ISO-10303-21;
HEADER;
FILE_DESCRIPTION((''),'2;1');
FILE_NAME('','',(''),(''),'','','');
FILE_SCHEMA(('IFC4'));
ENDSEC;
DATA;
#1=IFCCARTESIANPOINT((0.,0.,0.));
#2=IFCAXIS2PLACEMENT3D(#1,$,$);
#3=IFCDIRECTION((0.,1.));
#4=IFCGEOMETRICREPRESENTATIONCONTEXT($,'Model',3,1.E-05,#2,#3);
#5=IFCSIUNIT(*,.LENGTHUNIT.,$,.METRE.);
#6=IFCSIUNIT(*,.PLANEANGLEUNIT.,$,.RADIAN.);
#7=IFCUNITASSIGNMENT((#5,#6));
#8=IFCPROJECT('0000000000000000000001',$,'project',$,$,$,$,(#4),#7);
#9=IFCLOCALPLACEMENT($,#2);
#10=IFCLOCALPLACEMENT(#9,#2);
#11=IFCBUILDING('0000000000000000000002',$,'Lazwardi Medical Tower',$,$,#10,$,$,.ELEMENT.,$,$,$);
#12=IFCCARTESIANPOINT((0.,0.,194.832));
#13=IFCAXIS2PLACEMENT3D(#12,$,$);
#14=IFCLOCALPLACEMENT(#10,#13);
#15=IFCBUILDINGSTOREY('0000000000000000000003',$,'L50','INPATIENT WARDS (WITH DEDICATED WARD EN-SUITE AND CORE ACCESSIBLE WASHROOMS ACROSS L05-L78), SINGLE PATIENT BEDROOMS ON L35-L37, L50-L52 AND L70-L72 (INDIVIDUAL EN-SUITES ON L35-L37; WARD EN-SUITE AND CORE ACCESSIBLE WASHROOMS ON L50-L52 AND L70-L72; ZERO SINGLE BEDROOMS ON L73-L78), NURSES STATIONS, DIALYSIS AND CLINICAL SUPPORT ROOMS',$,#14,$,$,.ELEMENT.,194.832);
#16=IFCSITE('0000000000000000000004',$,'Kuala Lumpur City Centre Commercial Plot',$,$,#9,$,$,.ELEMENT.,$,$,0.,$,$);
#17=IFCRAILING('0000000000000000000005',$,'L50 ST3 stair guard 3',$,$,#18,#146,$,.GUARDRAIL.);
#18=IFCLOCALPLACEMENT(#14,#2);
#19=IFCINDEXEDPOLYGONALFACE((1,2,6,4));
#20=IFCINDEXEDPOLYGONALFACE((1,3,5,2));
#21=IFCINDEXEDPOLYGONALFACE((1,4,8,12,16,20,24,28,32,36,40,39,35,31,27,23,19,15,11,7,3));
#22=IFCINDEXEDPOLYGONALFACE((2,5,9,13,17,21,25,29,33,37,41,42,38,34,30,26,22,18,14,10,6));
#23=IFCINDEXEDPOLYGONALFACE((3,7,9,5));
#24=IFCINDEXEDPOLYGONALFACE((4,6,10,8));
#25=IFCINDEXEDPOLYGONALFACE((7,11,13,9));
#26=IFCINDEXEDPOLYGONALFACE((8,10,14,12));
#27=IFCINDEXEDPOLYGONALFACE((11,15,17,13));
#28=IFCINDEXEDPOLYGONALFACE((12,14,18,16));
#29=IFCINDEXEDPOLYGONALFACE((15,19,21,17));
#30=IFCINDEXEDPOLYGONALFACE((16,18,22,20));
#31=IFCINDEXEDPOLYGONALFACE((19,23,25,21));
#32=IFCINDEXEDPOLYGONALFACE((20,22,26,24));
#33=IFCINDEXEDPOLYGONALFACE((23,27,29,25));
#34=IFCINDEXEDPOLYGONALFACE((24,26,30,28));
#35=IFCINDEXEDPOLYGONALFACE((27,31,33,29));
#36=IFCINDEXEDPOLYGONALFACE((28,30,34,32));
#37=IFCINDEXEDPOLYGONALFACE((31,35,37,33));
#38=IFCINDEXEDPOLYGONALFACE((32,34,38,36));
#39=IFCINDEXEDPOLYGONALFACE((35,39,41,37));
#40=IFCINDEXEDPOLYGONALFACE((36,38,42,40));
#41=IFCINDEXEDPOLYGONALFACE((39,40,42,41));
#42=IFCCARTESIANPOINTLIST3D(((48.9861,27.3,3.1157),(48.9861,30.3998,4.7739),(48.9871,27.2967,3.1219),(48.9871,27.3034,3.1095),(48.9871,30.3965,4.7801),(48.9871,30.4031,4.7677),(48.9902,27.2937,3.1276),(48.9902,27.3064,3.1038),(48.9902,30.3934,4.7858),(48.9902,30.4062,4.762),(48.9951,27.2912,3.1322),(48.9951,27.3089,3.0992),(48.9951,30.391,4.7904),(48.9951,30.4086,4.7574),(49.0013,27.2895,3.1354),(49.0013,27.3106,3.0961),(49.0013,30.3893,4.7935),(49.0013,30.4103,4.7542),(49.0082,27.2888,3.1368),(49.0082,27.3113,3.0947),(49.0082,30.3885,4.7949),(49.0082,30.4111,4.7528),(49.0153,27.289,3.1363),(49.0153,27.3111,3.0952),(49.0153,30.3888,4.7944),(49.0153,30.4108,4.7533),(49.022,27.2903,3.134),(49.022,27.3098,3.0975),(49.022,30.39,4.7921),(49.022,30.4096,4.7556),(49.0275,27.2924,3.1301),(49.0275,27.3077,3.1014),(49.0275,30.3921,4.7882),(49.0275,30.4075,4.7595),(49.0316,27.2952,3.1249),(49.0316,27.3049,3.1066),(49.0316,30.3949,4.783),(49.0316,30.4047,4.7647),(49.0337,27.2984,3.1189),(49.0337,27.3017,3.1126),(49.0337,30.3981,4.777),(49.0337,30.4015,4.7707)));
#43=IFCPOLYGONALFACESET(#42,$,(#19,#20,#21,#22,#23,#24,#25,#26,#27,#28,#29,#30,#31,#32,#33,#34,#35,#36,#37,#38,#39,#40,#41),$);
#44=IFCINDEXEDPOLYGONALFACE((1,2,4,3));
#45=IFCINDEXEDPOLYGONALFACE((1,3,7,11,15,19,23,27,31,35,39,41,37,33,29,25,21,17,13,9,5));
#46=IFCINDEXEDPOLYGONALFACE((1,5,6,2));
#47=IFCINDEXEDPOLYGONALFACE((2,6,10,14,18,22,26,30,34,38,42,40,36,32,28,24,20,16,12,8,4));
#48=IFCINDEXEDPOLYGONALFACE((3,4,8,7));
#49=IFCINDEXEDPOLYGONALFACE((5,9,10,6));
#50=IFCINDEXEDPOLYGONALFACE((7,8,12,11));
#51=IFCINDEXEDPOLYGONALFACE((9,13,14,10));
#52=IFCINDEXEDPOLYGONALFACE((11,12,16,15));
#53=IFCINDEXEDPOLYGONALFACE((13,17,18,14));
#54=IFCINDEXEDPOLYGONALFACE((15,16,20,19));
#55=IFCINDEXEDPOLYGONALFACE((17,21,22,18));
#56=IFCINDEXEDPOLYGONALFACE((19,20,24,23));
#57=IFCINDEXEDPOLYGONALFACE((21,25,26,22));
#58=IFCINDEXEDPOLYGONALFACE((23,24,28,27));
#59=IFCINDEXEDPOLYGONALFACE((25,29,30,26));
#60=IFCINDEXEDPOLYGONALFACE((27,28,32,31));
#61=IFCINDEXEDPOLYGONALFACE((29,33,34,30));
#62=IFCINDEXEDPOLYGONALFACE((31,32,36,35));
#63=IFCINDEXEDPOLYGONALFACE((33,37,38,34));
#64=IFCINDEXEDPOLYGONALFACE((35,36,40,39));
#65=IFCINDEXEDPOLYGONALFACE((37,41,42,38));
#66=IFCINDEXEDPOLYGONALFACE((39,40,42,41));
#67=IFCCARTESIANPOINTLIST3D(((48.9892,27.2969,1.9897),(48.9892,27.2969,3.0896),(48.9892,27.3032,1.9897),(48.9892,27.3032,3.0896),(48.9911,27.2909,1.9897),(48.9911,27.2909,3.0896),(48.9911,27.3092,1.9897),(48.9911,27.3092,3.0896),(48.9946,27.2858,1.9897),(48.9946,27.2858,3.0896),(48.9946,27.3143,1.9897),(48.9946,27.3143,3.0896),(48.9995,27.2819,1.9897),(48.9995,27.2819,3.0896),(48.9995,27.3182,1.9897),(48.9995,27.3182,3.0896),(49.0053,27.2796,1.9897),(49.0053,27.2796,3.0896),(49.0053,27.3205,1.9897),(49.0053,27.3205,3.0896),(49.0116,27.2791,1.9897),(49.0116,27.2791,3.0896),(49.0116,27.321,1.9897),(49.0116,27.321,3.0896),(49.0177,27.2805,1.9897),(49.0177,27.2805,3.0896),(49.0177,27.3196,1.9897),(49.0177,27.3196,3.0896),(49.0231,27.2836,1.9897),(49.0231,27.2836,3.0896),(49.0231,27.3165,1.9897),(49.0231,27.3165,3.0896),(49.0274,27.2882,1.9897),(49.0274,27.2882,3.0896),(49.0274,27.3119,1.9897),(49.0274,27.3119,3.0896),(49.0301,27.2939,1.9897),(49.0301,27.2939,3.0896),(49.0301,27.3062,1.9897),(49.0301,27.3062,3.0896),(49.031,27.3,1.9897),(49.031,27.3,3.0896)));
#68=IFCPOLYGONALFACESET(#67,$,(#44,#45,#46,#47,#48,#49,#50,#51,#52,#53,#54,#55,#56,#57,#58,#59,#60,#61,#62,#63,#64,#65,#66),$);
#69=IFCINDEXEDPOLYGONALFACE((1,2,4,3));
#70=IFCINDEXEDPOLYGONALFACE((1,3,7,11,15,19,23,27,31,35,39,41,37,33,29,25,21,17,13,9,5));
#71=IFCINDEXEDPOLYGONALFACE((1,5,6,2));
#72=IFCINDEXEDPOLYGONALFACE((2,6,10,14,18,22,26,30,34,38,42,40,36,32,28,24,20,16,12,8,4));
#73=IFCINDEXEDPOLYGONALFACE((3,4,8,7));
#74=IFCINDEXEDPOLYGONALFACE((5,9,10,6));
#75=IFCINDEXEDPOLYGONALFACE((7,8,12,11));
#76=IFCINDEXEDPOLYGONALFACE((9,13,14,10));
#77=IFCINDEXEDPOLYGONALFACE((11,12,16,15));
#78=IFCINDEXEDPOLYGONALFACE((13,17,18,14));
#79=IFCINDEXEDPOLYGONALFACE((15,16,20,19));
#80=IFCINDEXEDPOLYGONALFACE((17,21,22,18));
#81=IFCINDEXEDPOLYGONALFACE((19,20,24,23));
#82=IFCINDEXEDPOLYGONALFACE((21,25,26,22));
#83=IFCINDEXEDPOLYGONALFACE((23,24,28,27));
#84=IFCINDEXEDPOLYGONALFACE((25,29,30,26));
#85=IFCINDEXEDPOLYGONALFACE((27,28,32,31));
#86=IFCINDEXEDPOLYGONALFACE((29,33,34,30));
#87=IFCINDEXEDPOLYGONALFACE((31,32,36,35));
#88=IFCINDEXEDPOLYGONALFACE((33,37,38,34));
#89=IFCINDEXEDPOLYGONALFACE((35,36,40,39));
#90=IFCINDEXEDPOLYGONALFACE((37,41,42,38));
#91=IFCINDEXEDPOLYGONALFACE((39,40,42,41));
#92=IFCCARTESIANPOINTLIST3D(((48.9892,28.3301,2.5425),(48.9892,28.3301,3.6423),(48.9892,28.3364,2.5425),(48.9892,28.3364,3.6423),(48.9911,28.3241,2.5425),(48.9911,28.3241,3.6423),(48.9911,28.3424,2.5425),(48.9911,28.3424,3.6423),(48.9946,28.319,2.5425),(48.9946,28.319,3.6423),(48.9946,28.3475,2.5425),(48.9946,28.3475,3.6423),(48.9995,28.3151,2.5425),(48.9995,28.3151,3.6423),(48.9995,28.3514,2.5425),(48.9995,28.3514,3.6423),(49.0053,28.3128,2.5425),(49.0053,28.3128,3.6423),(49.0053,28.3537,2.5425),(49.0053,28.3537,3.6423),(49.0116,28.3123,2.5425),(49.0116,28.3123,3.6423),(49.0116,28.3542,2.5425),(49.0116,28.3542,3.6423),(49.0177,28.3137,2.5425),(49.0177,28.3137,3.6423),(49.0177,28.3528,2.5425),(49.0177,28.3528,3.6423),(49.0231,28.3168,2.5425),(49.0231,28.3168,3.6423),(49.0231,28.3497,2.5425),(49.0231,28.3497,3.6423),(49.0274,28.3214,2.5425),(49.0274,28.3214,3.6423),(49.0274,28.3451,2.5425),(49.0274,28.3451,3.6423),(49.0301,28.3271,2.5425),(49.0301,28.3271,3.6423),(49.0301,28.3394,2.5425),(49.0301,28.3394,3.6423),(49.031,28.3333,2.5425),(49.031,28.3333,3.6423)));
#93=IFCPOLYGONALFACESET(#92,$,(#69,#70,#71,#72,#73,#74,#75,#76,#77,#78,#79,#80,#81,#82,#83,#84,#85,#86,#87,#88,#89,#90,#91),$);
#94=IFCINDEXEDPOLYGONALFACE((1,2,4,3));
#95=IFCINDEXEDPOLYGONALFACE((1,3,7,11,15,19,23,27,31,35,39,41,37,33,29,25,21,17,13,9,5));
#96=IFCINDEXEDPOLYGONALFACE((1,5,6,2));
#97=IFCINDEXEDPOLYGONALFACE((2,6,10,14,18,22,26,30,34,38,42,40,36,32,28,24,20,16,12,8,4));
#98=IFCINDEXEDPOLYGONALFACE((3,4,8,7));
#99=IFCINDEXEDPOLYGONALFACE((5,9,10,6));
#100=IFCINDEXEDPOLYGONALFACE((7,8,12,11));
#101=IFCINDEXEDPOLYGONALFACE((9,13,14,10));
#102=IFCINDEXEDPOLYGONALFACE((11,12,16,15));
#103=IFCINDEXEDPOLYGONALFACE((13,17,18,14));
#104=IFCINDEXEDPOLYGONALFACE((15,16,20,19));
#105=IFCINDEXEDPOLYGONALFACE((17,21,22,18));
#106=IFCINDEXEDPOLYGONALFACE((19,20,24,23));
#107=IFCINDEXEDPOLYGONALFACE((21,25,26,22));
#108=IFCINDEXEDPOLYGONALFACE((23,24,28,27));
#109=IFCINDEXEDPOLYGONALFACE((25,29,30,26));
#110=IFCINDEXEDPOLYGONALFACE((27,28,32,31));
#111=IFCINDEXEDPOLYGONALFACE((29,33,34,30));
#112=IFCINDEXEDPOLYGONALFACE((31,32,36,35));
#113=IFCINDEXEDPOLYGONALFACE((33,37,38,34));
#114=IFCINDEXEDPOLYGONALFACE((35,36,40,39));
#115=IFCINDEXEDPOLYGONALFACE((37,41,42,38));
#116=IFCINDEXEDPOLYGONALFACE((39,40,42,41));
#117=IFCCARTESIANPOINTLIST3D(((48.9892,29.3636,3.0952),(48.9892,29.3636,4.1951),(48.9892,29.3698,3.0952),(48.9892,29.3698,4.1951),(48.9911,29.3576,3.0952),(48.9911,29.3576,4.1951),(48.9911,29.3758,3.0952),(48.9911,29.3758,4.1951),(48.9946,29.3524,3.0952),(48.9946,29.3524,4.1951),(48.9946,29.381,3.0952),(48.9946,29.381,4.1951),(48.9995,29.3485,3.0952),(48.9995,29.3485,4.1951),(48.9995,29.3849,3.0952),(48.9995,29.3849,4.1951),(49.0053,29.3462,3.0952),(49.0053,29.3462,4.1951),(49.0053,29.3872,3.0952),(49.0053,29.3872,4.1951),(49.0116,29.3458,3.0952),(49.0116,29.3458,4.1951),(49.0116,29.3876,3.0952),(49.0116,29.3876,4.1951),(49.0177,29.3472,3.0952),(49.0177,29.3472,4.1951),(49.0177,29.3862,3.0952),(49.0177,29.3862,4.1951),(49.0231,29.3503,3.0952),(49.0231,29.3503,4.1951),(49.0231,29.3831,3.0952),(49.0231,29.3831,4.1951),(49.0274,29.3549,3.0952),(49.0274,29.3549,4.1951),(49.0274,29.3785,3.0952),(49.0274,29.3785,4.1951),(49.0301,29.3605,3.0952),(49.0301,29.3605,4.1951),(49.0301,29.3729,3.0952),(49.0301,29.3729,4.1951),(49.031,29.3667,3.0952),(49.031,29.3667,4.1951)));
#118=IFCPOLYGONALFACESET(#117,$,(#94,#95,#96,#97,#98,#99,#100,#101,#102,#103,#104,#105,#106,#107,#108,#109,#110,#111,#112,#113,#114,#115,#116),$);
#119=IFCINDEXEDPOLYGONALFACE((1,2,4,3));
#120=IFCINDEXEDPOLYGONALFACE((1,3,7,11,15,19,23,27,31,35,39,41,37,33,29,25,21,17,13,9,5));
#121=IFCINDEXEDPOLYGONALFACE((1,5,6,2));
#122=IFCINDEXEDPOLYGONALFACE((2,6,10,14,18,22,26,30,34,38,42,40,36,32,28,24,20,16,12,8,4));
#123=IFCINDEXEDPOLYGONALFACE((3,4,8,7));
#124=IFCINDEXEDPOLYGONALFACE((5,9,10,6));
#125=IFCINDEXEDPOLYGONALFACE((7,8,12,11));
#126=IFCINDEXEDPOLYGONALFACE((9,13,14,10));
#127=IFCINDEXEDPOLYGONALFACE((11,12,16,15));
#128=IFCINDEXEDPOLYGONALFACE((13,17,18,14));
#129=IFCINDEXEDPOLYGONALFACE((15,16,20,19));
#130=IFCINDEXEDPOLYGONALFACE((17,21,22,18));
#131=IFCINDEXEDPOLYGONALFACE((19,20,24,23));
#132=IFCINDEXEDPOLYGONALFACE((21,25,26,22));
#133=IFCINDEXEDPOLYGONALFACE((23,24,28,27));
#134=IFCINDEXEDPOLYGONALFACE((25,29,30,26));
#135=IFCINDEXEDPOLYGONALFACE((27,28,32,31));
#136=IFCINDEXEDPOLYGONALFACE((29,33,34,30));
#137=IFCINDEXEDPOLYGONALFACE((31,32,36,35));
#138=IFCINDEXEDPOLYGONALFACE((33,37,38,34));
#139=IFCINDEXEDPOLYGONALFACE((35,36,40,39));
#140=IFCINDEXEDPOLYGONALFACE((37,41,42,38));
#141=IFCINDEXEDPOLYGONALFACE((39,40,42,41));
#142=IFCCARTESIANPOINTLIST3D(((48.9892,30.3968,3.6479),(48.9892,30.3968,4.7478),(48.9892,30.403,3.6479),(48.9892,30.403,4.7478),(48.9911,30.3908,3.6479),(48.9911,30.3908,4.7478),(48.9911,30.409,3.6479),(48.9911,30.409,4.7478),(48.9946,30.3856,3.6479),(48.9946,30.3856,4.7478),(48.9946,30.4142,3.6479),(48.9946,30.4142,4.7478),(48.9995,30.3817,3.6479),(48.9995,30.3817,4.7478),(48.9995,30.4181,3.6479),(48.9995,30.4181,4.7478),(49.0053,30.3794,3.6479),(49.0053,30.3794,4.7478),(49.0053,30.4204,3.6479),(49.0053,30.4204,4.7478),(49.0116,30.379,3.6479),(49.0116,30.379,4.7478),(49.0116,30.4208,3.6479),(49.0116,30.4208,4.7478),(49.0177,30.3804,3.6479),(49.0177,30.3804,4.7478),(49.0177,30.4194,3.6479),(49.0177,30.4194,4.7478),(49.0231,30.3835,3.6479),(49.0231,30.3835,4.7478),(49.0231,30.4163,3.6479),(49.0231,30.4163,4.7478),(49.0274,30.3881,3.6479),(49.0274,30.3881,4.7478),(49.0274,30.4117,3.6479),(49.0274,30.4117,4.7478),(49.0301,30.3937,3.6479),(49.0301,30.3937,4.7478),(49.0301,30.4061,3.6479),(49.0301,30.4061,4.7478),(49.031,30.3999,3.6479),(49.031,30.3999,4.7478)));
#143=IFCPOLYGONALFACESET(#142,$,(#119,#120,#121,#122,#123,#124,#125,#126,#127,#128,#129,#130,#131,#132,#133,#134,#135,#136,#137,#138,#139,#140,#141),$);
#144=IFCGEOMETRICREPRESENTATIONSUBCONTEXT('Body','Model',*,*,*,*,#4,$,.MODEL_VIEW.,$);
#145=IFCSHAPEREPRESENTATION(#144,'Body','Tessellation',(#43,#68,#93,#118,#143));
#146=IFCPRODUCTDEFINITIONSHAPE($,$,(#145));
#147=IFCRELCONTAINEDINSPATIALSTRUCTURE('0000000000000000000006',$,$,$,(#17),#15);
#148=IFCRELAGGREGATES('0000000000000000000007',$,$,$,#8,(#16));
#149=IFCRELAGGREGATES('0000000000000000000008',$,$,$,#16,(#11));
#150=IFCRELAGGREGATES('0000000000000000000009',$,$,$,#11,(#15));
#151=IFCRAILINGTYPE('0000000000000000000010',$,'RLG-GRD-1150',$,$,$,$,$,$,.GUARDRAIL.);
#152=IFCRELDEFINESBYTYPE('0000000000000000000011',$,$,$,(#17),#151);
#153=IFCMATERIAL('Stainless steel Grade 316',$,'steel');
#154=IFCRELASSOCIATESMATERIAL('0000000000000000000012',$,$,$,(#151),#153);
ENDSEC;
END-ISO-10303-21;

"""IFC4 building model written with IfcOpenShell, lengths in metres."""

from ifc_helpers import new_model, si_unit, direction, frame, origin, origin_2d, place, context, subcontext, project, spatial, circle, extrude, material, type_object, element, save


model = new_model("IFC4")

# Units and contexts
model_context = context("Model", 3, precision=1e-05, world=origin(), true_north=direction((0.0, 1.0)))
body_context = subcontext(model_context, "Body", "Model", "MODEL_VIEW")
ifc_project = project(units=[si_unit("LENGTHUNIT", "METRE"), si_unit("PLANEANGLEUNIT", "RADIAN")], contexts=[model_context])

# Site, building, storey
site_placement = place(None, origin())
site = spatial("IfcSite", under=ifc_project, at=site_placement, Name="Kuala Lumpur City Centre Commercial Plot", CompositionType="ELEMENT", RefElevation=0.0)
building_placement = place(site_placement, origin())
building = spatial("IfcBuilding", under=site, at=building_placement, Name="Lazwardi Medical Tower", CompositionType="ELEMENT")
storey_placement = place(building_placement, frame((0.0, 0.0, 194.832)))
storey = spatial("IfcBuildingStorey", under=building, at=storey_placement, Name="L50", Description="INPATIENT WARDS (WITH DEDICATED WARD EN-SUITE AND CORE ACCESSIBLE WASHROOMS ACROSS L05-L78), SINGLE PATIENT BEDROOMS ON L35-L37, L50-L52 AND L70-L72 (INDIVIDUAL EN-SUITES ON L35-L37; WARD EN-SUITE AND CORE ACCESSIBLE WASHROOMS ON L50-L52 AND L70-L72; ZERO SINGLE BEDROOMS ON L73-L78), NURSES STATIONS, DIALYSIS AND CLINICAL SUPPORT ROOMS", CompositionType="ELEMENT", Elevation=194.832)

# Railing
ifc_material_1 = material(Name="Stainless steel Grade 316", Category="steel")
railing_type_1 = type_object("IfcRailingType", Name="RLG-GRD-1150", PredefinedType="GUARDRAIL", material=ifc_material_1)
railing_1_placement = place(storey_placement, frame((49.01, 27.3, 1.9897)))
element("IfcRailing", 1, at=railing_1_placement, inside=storey, type_object=railing_type_1, Name="L50 ST3 stair guard 3", PredefinedType="GUARDRAIL", context=body_context, shape_type="SweptSolid", body=[
    extrude(circle(Radius=0.0239, at=origin_2d()), frame((0.0, 0.0, 1.126), z_axis=(0.0, 0.881768, 0.471684), x_axis=(-1.0, 0.0, 0.0)), (0.0, 0.0, 1.0), 3.5154),
    extrude(circle(Radius=0.021, at=origin_2d()), origin(), (0.0, 0.0, 1.0), 1.0999),
    extrude(circle(Radius=0.021, at=origin_2d()), frame((0.0, 1.0332, 0.5527)), (0.0, 0.0, 1.0), 1.0999),
    extrude(circle(Radius=0.021, at=origin_2d()), frame((0.0, 2.0667, 1.1055)), (0.0, 0.0, 1.0), 1.0999),
    extrude(circle(Radius=0.021, at=origin_2d()), frame((0.0, 3.0999, 1.6582)), (0.0, 0.0, 1.0), 1.0999),
])

save(model, "model.ifc")
